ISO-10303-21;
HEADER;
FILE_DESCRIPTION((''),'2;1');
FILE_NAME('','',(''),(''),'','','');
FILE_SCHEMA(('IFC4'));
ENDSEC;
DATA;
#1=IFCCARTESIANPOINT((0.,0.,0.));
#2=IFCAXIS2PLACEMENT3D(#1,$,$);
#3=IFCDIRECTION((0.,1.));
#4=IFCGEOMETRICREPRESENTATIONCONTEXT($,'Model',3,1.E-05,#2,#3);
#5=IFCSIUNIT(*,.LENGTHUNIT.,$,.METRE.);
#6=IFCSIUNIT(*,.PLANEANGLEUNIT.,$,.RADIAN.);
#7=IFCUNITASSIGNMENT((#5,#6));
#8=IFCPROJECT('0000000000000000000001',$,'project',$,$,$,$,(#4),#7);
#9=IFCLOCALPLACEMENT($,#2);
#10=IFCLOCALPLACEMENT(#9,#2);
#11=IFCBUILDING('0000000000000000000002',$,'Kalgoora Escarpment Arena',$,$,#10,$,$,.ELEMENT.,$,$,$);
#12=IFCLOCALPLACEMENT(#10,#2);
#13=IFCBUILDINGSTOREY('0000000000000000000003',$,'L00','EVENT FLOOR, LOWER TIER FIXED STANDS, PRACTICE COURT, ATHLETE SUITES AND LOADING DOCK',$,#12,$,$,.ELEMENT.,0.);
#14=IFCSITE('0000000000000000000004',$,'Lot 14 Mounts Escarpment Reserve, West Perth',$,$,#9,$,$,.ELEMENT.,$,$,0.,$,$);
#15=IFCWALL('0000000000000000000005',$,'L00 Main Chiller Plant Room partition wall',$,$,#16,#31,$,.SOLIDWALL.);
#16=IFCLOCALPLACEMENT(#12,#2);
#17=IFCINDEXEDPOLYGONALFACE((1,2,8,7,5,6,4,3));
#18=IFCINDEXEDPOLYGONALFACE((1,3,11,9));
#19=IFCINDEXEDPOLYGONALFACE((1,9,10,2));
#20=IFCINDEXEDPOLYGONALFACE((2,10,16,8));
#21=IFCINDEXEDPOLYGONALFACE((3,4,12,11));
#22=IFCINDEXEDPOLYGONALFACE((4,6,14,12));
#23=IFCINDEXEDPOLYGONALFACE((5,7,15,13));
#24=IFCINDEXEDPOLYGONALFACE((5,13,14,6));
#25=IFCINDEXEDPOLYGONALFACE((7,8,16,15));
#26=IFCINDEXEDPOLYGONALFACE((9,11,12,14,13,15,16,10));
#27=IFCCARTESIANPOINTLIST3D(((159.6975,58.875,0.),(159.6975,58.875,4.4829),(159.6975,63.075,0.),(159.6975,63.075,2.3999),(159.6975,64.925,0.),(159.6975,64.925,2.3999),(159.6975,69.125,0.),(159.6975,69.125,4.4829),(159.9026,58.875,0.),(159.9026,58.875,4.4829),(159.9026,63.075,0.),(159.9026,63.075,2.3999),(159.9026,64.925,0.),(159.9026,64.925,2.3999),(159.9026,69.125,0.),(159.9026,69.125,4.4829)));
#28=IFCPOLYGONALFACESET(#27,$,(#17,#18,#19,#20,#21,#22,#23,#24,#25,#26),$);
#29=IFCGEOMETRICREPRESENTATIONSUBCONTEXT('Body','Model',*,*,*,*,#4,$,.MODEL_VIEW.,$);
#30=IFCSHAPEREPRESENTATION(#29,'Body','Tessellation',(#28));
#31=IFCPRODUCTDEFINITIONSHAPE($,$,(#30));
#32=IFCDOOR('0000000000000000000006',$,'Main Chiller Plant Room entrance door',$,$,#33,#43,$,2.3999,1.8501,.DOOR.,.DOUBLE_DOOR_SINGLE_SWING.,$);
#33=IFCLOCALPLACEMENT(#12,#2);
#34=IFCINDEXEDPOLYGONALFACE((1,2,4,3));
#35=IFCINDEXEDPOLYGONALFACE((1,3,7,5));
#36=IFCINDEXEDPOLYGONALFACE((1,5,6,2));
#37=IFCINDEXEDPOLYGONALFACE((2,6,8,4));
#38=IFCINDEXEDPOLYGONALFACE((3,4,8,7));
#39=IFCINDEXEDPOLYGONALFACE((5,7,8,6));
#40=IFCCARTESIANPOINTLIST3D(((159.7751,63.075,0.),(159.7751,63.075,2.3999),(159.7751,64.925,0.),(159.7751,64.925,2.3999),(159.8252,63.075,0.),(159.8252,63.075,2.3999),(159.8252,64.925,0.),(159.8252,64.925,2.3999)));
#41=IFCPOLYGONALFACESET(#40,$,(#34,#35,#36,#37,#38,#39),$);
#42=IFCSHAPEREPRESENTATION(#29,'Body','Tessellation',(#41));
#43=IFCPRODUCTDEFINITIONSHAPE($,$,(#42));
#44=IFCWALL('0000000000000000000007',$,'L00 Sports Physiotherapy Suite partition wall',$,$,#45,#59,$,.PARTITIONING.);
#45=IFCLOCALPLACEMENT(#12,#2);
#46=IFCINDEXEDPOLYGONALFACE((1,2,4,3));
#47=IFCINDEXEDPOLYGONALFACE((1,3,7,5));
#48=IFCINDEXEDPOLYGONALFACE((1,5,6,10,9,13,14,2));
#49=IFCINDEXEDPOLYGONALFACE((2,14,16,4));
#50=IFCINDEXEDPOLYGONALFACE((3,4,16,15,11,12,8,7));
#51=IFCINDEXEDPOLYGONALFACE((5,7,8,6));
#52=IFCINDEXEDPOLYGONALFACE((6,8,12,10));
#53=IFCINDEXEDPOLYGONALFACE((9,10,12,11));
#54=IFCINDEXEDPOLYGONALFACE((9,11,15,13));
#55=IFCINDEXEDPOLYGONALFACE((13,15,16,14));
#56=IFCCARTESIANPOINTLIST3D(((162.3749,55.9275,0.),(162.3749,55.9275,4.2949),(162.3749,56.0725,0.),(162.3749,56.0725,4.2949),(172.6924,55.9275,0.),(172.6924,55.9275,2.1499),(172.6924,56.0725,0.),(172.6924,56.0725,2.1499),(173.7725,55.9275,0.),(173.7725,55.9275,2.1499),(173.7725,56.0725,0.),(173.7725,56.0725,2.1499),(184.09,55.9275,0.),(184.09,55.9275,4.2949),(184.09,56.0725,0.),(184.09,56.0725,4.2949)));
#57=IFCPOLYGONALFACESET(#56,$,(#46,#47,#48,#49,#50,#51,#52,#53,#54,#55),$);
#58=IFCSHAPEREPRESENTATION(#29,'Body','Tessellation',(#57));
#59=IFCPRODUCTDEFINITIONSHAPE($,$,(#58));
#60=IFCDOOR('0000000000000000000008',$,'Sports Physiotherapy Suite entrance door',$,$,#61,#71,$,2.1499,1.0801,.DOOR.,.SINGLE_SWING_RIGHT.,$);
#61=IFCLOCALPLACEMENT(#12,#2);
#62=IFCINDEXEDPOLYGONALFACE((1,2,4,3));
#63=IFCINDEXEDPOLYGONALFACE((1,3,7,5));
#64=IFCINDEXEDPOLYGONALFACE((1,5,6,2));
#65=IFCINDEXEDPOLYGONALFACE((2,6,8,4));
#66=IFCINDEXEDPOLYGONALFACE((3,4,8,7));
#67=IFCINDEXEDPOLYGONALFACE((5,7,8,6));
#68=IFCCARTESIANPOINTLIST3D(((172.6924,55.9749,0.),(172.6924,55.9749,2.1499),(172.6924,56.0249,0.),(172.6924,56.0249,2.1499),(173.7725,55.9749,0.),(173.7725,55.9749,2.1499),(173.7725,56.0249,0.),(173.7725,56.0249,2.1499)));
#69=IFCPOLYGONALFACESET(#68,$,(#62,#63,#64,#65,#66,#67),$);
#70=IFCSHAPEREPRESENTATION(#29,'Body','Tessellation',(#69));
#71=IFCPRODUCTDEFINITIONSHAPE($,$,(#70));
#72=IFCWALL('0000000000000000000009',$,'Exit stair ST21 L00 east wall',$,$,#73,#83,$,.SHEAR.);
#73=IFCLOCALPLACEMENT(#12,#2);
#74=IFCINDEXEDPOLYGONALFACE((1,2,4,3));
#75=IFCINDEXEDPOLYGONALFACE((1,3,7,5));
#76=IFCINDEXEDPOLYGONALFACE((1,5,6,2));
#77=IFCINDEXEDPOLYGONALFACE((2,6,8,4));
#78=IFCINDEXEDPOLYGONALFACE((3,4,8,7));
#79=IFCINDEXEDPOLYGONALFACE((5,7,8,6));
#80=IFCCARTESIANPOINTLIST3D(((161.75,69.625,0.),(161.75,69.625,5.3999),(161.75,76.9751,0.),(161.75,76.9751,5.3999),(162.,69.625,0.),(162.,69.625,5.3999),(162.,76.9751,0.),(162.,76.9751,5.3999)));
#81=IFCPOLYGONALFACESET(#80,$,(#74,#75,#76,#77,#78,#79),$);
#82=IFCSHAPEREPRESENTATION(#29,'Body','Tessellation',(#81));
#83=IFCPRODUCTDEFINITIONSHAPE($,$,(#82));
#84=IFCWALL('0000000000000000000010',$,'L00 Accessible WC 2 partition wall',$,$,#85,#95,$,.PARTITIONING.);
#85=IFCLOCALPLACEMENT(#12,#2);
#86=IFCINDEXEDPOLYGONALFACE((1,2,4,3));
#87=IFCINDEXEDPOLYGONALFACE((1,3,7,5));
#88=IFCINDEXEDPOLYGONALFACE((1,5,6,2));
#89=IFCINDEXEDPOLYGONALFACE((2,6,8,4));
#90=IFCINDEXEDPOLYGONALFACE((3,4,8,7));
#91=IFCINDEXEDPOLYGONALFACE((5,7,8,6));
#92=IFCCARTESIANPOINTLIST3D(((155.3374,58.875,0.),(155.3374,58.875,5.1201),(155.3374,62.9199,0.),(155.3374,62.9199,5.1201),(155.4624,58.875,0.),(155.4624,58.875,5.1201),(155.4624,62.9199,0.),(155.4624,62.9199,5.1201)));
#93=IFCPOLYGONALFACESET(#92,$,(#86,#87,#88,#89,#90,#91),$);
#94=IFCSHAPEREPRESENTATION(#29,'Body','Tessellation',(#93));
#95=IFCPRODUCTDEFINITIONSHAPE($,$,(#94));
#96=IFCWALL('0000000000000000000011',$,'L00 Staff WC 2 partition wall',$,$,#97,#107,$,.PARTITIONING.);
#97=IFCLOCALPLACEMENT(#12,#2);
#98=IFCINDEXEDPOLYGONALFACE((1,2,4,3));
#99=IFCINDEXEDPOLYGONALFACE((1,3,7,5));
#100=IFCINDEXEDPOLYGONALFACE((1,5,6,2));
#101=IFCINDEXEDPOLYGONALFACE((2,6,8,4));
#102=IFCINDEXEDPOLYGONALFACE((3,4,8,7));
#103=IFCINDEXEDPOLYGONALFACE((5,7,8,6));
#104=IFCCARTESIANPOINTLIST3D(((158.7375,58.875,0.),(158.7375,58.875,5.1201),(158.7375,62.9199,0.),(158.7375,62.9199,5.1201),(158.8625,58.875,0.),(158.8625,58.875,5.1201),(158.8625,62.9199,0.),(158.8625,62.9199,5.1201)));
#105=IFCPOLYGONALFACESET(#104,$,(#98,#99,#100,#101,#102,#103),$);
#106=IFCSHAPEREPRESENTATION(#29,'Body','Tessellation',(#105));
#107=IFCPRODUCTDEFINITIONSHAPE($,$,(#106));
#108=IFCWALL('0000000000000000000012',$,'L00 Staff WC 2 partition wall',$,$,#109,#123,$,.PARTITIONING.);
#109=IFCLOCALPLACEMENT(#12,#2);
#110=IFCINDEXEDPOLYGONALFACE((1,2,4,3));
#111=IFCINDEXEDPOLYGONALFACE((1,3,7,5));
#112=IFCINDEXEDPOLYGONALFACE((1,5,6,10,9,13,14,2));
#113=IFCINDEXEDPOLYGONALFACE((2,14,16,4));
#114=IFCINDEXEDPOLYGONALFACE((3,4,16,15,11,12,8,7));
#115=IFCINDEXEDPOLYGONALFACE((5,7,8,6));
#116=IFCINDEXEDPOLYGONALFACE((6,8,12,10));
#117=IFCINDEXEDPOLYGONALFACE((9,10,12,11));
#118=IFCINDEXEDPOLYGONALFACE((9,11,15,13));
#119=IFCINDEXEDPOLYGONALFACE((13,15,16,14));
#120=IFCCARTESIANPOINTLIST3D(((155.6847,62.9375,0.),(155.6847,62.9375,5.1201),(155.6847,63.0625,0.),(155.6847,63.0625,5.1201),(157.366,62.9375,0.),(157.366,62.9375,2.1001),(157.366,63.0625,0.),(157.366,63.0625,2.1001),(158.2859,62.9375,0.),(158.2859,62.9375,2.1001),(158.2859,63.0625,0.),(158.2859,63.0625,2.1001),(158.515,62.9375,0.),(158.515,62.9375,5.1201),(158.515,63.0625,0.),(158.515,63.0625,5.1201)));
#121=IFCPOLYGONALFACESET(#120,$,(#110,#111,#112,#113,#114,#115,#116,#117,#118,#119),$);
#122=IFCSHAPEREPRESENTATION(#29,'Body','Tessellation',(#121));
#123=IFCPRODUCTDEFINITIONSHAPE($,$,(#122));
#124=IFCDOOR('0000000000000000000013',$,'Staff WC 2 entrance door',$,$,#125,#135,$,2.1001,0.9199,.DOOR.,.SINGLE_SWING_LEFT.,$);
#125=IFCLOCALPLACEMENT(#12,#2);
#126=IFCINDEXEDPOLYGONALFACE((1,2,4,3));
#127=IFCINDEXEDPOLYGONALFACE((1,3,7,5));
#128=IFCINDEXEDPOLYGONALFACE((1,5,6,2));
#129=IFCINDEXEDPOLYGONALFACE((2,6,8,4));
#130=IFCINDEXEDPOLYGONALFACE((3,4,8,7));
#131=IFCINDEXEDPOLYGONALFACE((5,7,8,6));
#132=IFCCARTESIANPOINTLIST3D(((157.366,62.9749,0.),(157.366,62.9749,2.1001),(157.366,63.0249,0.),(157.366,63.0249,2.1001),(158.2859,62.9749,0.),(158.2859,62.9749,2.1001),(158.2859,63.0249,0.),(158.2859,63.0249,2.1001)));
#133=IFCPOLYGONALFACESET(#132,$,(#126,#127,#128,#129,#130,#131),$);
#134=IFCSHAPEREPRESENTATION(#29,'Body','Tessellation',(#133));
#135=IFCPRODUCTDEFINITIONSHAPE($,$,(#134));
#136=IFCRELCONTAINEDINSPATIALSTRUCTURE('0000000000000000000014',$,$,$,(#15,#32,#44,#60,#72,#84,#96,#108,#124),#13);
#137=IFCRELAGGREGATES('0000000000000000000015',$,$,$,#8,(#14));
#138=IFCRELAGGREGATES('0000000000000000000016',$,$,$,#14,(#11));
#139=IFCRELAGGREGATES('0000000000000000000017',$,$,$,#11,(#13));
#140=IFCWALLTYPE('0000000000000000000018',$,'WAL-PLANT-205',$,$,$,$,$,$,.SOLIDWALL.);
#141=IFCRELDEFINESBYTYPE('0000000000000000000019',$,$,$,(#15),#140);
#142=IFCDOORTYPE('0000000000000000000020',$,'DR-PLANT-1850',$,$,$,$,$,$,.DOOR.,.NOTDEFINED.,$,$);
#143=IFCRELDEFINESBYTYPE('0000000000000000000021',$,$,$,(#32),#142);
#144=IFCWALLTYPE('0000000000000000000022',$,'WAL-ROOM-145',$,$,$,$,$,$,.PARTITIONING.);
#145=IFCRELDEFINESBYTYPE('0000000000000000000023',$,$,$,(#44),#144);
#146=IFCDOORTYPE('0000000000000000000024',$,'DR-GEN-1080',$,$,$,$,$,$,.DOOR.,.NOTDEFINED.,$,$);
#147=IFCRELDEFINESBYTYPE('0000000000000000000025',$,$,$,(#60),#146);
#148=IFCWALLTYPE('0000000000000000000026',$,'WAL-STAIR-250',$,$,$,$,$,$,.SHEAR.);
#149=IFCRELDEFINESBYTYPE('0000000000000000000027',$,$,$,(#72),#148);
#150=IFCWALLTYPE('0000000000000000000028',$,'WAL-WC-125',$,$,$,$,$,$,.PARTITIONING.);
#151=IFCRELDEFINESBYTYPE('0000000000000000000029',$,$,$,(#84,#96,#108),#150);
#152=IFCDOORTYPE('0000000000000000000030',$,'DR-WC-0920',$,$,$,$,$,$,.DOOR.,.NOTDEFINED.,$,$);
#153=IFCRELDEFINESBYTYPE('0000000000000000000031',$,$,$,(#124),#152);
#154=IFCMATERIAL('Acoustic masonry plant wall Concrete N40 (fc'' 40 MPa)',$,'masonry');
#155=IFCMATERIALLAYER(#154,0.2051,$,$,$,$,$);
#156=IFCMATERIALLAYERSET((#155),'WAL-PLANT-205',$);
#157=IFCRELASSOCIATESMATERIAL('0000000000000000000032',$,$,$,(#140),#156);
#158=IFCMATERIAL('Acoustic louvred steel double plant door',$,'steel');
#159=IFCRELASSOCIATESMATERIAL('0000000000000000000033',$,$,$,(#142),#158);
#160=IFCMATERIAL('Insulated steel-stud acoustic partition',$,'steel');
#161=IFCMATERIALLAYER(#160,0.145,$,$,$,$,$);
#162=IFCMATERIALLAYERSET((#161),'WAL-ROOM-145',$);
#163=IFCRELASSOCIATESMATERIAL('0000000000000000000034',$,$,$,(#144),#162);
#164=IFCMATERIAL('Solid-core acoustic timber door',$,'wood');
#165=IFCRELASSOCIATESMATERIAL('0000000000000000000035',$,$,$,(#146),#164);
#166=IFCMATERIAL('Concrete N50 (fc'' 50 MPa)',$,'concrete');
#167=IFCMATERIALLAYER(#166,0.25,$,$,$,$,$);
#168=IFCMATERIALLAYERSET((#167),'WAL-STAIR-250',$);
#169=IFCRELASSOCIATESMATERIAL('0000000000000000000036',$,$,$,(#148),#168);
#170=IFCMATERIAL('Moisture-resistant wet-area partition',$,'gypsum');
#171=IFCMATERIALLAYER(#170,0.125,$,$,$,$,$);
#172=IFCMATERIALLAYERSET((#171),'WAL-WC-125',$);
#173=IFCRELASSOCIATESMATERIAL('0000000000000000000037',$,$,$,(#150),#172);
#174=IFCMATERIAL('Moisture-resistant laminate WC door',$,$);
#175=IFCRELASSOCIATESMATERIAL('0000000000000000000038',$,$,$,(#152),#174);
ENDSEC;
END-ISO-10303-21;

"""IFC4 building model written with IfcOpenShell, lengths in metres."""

from ifc_helpers import new_model, si_unit, direction, frame, frame_2d, origin, place, context, subcontext, project, spatial, rectangle, extrude, material, layer, layer_set, type_object, element, fill, save


model = new_model("IFC4")

# Units and contexts
model_context = context("Model", 3, precision=1e-05, world=origin(), true_north=direction((0.0, 1.0)))
body_context = subcontext(model_context, "Body", "Model", "MODEL_VIEW")
ifc_project = project(units=[si_unit("LENGTHUNIT", "METRE"), si_unit("PLANEANGLEUNIT", "RADIAN")], contexts=[model_context])

# Site, building, storey
site_placement = place(None, origin())
site = spatial("IfcSite", under=ifc_project, at=site_placement, Name="Lot 14 Mounts Escarpment Reserve, West Perth", CompositionType="ELEMENT", RefElevation=0.0)
building_placement = place(site_placement, origin())
building = spatial("IfcBuilding", under=site, at=building_placement, Name="Kalgoora Escarpment Arena", CompositionType="ELEMENT")
storey_placement = place(building_placement, origin())
storey = spatial("IfcBuildingStorey", under=building, at=storey_placement, Name="L00", Description="EVENT FLOOR, LOWER TIER FIXED STANDS, PRACTICE COURT, ATHLETE SUITES AND LOADING DOCK", CompositionType="ELEMENT", Elevation=0.0)

# Walls, openings, doors
ifc_material_1 = material(Name="Acoustic masonry plant wall Concrete N40 (fc' 40 MPa)", Category="masonry")
ifc_layer_1 = layer(ifc_material_1, 0.2051)
ifc_layer_set_1 = layer_set([ifc_layer_1], Name="WAL-PLANT-205")
wall_type_1 = type_object("IfcWallType", Name="WAL-PLANT-205", PredefinedType="SOLIDWALL", material=ifc_layer_set_1)
wall_1_placement = place(storey_placement, frame((159.8, 58.875, 0.0), z_axis=(0.0, 0.0, 1.0), x_axis=(0.0, 1.0, 0.0)))
wall_1 = element("IfcWall", 1, at=wall_1_placement, inside=storey, type_object=wall_type_1, Name="L00 Main Chiller Plant Room partition wall", PredefinedType="SOLIDWALL", context=body_context, shape_type="SweptSolid", body=[
    extrude(rectangle(XDim=10.25, YDim=0.2051, at=frame_2d((5.125, 0.0))), origin(), (0.0, 0.0, 1.0), 4.4829),
])
opening_1_placement = place(wall_1_placement, frame((4.2, 0.0, 0.0)))
opening_1 = element("IfcOpeningElement", 2, at=opening_1_placement, cuts=wall_1, PredefinedType="OPENING", context=body_context, shape_type="SweptSolid", body=[
    extrude(rectangle(XDim=1.8501, YDim=2.3999, at=frame_2d((0.925, 1.2))), frame((0.0, 0.1125, 0.0), z_axis=(0.0, -1.0, 0.0), x_axis=(1.0, 0.0, 0.0)), (0.0, 0.0, 1.0), 0.2251),
])
ifc_material_2 = material(Name="Acoustic louvred steel double plant door", Category="steel")
door_type_1 = type_object("IfcDoorType", Name="DR-PLANT-1850", OperationType="NOTDEFINED", PredefinedType="DOOR", material=ifc_material_2)
door_1_placement = place(opening_1_placement, origin())
door_1 = element("IfcDoor", 3, at=door_1_placement, inside=storey, type_object=door_type_1, Name="Main Chiller Plant Room entrance door", OperationType="DOUBLE_DOOR_SINGLE_SWING", OverallHeight=2.3999, OverallWidth=1.8501, PredefinedType="DOOR", context=body_context, shape_type="SweptSolid", body=[
    extrude(rectangle(XDim=1.8501, YDim=2.3999, at=frame_2d((0.925, 1.2))), frame((0.0, 0.0249, 0.0), z_axis=(0.0, -1.0, 0.0), x_axis=(1.0, 0.0, 0.0)), (0.0, 0.0, 1.0), 0.05),
])
fill(opening_1, door_1)
ifc_material_3 = material(Name="Insulated steel-stud acoustic partition", Category="steel")
ifc_layer_2 = layer(ifc_material_3, 0.145)
ifc_layer_set_2 = layer_set([ifc_layer_2], Name="WAL-ROOM-145")
wall_type_2 = type_object("IfcWallType", Name="WAL-ROOM-145", PredefinedType="PARTITIONING", material=ifc_layer_set_2)
wall_2_placement = place(storey_placement, frame((162.375, 56.0, 0.0), z_axis=(0.0, 0.0, 1.0), x_axis=(1.0, 0.0, 0.0)))
wall_2 = element("IfcWall", 4, at=wall_2_placement, inside=storey, type_object=wall_type_2, Name="L00 Sports Physiotherapy Suite partition wall", PredefinedType="PARTITIONING", context=body_context, shape_type="SweptSolid", body=[
    extrude(rectangle(XDim=21.7151, YDim=0.145, at=frame_2d((10.8574, 0.0))), origin(), (0.0, 0.0, 1.0), 4.2949),
])
opening_2_placement = place(wall_2_placement, frame((10.3174, 0.0, 0.0)))
opening_2 = element("IfcOpeningElement", 5, at=opening_2_placement, cuts=wall_2, PredefinedType="OPENING", context=body_context, shape_type="SweptSolid", body=[
    extrude(rectangle(XDim=1.0801, YDim=2.1499, at=frame_2d((0.54, 1.075))), frame((0.0, 0.0825, 0.0), z_axis=(0.0, -1.0, 0.0), x_axis=(1.0, 0.0, 0.0)), (0.0, 0.0, 1.0), 0.165),
])
ifc_material_4 = material(Name="Solid-core acoustic timber door", Category="wood")
door_type_2 = type_object("IfcDoorType", Name="DR-GEN-1080", OperationType="NOTDEFINED", PredefinedType="DOOR", material=ifc_material_4)
door_2_placement = place(opening_2_placement, origin())
door_2 = element("IfcDoor", 6, at=door_2_placement, inside=storey, type_object=door_type_2, Name="Sports Physiotherapy Suite entrance door", OperationType="SINGLE_SWING_RIGHT", OverallHeight=2.1499, OverallWidth=1.0801, PredefinedType="DOOR", context=body_context, shape_type="SweptSolid", body=[
    extrude(rectangle(XDim=1.0801, YDim=2.1499, at=frame_2d((0.54, 1.075))), frame((0.0, 0.0249, 0.0), z_axis=(0.0, -1.0, 0.0), x_axis=(1.0, 0.0, 0.0)), (0.0, 0.0, 1.0), 0.05),
])
fill(opening_2, door_2)

# Walls
ifc_material_5 = material(Name="Concrete N50 (fc' 50 MPa)", Category="concrete")
ifc_layer_3 = layer(ifc_material_5, 0.25)
ifc_layer_set_3 = layer_set([ifc_layer_3], Name="WAL-STAIR-250")
wall_type_3 = type_object("IfcWallType", Name="WAL-STAIR-250", PredefinedType="SHEAR", material=ifc_layer_set_3)
wall_3_placement = place(storey_placement, frame((161.875, 69.625, 0.0), z_axis=(0.0, 0.0, 1.0), x_axis=(0.0, 1.0, 0.0)))
element("IfcWall", 7, at=wall_3_placement, inside=storey, type_object=wall_type_3, Name="Exit stair ST21 L00 east wall", PredefinedType="SHEAR", context=body_context, shape_type="SweptSolid", body=[
    extrude(rectangle(XDim=7.3501, YDim=0.25, at=frame_2d((3.675, 0.0))), origin(), (0.0, 0.0, 1.0), 5.3999),
])
ifc_material_6 = material(Name="Moisture-resistant wet-area partition", Category="gypsum")
ifc_layer_4 = layer(ifc_material_6, 0.125)
ifc_layer_set_4 = layer_set([ifc_layer_4], Name="WAL-WC-125")
wall_type_4 = type_object("IfcWallType", Name="WAL-WC-125", PredefinedType="PARTITIONING", material=ifc_layer_set_4)
for number, where, z_axis, x_axis, name in (
    (8, (155.3999, 62.9199, 0.0), (0.0, 0.0, 1.0), (0.0, -1.0, 0.0), "L00 Accessible WC 2 partition wall"),
    (9, (158.8, 62.9199, 0.0), (0.0, 0.0, 1.0), (0.0, -1.0, 0.0), "L00 Staff WC 2 partition wall"),
):
    element("IfcWall", number, at=place(storey_placement, frame(where, z_axis=z_axis, x_axis=x_axis)), inside=storey, type_object=wall_type_4, Name=name, PredefinedType="PARTITIONING", context=body_context, shape_type="SweptSolid", body=[
        extrude(rectangle(XDim=4.0449, YDim=0.125, at=frame_2d((2.0225, 0.0))), origin(), (0.0, 0.0, 1.0), 5.1201),
    ])

# Wall, opening, door
wall_4_placement = place(storey_placement, frame((155.6848, 63.0, 0.0), z_axis=(0.0, 0.0, 1.0), x_axis=(1.0, 0.0, 0.0)))
wall_4 = element("IfcWall", 10, at=wall_4_placement, inside=storey, type_object=wall_type_4, Name="L00 Staff WC 2 partition wall", PredefinedType="PARTITIONING", context=body_context, shape_type="SweptSolid", body=[
    extrude(rectangle(XDim=2.8303, YDim=0.125, at=frame_2d((1.415, 0.0))), origin(), (0.0, 0.0, 1.0), 5.1201),
])
opening_3_placement = place(wall_4_placement, frame((1.6812, 0.0, 0.0)))
opening_3 = element("IfcOpeningElement", 11, at=opening_3_placement, cuts=wall_4, PredefinedType="OPENING", context=body_context, shape_type="SweptSolid", body=[
    extrude(rectangle(XDim=0.9199, YDim=2.1001, at=frame_2d((0.46, 1.05))), frame((0.0, 0.0725, 0.0), z_axis=(0.0, -1.0, 0.0), x_axis=(1.0, 0.0, 0.0)), (0.0, 0.0, 1.0), 0.145),
])
ifc_material_7 = material(Name="Moisture-resistant laminate WC door")
door_type_3 = type_object("IfcDoorType", Name="DR-WC-0920", OperationType="NOTDEFINED", PredefinedType="DOOR", material=ifc_material_7)
door_3_placement = place(opening_3_placement, origin())
door_3 = element("IfcDoor", 12, at=door_3_placement, inside=storey, type_object=door_type_3, Name="Staff WC 2 entrance door", OperationType="SINGLE_SWING_LEFT", OverallHeight=2.1001, OverallWidth=0.9199, PredefinedType="DOOR", context=body_context, shape_type="SweptSolid", body=[
    extrude(rectangle(XDim=0.9199, YDim=2.1001, at=frame_2d((0.46, 1.05))), frame((0.0, 0.0249, 0.0), z_axis=(0.0, -1.0, 0.0), x_axis=(1.0, 0.0, 0.0)), (0.0, 0.0, 1.0), 0.05),
])
fill(opening_3, door_3)

save(model, "model.ifc")
